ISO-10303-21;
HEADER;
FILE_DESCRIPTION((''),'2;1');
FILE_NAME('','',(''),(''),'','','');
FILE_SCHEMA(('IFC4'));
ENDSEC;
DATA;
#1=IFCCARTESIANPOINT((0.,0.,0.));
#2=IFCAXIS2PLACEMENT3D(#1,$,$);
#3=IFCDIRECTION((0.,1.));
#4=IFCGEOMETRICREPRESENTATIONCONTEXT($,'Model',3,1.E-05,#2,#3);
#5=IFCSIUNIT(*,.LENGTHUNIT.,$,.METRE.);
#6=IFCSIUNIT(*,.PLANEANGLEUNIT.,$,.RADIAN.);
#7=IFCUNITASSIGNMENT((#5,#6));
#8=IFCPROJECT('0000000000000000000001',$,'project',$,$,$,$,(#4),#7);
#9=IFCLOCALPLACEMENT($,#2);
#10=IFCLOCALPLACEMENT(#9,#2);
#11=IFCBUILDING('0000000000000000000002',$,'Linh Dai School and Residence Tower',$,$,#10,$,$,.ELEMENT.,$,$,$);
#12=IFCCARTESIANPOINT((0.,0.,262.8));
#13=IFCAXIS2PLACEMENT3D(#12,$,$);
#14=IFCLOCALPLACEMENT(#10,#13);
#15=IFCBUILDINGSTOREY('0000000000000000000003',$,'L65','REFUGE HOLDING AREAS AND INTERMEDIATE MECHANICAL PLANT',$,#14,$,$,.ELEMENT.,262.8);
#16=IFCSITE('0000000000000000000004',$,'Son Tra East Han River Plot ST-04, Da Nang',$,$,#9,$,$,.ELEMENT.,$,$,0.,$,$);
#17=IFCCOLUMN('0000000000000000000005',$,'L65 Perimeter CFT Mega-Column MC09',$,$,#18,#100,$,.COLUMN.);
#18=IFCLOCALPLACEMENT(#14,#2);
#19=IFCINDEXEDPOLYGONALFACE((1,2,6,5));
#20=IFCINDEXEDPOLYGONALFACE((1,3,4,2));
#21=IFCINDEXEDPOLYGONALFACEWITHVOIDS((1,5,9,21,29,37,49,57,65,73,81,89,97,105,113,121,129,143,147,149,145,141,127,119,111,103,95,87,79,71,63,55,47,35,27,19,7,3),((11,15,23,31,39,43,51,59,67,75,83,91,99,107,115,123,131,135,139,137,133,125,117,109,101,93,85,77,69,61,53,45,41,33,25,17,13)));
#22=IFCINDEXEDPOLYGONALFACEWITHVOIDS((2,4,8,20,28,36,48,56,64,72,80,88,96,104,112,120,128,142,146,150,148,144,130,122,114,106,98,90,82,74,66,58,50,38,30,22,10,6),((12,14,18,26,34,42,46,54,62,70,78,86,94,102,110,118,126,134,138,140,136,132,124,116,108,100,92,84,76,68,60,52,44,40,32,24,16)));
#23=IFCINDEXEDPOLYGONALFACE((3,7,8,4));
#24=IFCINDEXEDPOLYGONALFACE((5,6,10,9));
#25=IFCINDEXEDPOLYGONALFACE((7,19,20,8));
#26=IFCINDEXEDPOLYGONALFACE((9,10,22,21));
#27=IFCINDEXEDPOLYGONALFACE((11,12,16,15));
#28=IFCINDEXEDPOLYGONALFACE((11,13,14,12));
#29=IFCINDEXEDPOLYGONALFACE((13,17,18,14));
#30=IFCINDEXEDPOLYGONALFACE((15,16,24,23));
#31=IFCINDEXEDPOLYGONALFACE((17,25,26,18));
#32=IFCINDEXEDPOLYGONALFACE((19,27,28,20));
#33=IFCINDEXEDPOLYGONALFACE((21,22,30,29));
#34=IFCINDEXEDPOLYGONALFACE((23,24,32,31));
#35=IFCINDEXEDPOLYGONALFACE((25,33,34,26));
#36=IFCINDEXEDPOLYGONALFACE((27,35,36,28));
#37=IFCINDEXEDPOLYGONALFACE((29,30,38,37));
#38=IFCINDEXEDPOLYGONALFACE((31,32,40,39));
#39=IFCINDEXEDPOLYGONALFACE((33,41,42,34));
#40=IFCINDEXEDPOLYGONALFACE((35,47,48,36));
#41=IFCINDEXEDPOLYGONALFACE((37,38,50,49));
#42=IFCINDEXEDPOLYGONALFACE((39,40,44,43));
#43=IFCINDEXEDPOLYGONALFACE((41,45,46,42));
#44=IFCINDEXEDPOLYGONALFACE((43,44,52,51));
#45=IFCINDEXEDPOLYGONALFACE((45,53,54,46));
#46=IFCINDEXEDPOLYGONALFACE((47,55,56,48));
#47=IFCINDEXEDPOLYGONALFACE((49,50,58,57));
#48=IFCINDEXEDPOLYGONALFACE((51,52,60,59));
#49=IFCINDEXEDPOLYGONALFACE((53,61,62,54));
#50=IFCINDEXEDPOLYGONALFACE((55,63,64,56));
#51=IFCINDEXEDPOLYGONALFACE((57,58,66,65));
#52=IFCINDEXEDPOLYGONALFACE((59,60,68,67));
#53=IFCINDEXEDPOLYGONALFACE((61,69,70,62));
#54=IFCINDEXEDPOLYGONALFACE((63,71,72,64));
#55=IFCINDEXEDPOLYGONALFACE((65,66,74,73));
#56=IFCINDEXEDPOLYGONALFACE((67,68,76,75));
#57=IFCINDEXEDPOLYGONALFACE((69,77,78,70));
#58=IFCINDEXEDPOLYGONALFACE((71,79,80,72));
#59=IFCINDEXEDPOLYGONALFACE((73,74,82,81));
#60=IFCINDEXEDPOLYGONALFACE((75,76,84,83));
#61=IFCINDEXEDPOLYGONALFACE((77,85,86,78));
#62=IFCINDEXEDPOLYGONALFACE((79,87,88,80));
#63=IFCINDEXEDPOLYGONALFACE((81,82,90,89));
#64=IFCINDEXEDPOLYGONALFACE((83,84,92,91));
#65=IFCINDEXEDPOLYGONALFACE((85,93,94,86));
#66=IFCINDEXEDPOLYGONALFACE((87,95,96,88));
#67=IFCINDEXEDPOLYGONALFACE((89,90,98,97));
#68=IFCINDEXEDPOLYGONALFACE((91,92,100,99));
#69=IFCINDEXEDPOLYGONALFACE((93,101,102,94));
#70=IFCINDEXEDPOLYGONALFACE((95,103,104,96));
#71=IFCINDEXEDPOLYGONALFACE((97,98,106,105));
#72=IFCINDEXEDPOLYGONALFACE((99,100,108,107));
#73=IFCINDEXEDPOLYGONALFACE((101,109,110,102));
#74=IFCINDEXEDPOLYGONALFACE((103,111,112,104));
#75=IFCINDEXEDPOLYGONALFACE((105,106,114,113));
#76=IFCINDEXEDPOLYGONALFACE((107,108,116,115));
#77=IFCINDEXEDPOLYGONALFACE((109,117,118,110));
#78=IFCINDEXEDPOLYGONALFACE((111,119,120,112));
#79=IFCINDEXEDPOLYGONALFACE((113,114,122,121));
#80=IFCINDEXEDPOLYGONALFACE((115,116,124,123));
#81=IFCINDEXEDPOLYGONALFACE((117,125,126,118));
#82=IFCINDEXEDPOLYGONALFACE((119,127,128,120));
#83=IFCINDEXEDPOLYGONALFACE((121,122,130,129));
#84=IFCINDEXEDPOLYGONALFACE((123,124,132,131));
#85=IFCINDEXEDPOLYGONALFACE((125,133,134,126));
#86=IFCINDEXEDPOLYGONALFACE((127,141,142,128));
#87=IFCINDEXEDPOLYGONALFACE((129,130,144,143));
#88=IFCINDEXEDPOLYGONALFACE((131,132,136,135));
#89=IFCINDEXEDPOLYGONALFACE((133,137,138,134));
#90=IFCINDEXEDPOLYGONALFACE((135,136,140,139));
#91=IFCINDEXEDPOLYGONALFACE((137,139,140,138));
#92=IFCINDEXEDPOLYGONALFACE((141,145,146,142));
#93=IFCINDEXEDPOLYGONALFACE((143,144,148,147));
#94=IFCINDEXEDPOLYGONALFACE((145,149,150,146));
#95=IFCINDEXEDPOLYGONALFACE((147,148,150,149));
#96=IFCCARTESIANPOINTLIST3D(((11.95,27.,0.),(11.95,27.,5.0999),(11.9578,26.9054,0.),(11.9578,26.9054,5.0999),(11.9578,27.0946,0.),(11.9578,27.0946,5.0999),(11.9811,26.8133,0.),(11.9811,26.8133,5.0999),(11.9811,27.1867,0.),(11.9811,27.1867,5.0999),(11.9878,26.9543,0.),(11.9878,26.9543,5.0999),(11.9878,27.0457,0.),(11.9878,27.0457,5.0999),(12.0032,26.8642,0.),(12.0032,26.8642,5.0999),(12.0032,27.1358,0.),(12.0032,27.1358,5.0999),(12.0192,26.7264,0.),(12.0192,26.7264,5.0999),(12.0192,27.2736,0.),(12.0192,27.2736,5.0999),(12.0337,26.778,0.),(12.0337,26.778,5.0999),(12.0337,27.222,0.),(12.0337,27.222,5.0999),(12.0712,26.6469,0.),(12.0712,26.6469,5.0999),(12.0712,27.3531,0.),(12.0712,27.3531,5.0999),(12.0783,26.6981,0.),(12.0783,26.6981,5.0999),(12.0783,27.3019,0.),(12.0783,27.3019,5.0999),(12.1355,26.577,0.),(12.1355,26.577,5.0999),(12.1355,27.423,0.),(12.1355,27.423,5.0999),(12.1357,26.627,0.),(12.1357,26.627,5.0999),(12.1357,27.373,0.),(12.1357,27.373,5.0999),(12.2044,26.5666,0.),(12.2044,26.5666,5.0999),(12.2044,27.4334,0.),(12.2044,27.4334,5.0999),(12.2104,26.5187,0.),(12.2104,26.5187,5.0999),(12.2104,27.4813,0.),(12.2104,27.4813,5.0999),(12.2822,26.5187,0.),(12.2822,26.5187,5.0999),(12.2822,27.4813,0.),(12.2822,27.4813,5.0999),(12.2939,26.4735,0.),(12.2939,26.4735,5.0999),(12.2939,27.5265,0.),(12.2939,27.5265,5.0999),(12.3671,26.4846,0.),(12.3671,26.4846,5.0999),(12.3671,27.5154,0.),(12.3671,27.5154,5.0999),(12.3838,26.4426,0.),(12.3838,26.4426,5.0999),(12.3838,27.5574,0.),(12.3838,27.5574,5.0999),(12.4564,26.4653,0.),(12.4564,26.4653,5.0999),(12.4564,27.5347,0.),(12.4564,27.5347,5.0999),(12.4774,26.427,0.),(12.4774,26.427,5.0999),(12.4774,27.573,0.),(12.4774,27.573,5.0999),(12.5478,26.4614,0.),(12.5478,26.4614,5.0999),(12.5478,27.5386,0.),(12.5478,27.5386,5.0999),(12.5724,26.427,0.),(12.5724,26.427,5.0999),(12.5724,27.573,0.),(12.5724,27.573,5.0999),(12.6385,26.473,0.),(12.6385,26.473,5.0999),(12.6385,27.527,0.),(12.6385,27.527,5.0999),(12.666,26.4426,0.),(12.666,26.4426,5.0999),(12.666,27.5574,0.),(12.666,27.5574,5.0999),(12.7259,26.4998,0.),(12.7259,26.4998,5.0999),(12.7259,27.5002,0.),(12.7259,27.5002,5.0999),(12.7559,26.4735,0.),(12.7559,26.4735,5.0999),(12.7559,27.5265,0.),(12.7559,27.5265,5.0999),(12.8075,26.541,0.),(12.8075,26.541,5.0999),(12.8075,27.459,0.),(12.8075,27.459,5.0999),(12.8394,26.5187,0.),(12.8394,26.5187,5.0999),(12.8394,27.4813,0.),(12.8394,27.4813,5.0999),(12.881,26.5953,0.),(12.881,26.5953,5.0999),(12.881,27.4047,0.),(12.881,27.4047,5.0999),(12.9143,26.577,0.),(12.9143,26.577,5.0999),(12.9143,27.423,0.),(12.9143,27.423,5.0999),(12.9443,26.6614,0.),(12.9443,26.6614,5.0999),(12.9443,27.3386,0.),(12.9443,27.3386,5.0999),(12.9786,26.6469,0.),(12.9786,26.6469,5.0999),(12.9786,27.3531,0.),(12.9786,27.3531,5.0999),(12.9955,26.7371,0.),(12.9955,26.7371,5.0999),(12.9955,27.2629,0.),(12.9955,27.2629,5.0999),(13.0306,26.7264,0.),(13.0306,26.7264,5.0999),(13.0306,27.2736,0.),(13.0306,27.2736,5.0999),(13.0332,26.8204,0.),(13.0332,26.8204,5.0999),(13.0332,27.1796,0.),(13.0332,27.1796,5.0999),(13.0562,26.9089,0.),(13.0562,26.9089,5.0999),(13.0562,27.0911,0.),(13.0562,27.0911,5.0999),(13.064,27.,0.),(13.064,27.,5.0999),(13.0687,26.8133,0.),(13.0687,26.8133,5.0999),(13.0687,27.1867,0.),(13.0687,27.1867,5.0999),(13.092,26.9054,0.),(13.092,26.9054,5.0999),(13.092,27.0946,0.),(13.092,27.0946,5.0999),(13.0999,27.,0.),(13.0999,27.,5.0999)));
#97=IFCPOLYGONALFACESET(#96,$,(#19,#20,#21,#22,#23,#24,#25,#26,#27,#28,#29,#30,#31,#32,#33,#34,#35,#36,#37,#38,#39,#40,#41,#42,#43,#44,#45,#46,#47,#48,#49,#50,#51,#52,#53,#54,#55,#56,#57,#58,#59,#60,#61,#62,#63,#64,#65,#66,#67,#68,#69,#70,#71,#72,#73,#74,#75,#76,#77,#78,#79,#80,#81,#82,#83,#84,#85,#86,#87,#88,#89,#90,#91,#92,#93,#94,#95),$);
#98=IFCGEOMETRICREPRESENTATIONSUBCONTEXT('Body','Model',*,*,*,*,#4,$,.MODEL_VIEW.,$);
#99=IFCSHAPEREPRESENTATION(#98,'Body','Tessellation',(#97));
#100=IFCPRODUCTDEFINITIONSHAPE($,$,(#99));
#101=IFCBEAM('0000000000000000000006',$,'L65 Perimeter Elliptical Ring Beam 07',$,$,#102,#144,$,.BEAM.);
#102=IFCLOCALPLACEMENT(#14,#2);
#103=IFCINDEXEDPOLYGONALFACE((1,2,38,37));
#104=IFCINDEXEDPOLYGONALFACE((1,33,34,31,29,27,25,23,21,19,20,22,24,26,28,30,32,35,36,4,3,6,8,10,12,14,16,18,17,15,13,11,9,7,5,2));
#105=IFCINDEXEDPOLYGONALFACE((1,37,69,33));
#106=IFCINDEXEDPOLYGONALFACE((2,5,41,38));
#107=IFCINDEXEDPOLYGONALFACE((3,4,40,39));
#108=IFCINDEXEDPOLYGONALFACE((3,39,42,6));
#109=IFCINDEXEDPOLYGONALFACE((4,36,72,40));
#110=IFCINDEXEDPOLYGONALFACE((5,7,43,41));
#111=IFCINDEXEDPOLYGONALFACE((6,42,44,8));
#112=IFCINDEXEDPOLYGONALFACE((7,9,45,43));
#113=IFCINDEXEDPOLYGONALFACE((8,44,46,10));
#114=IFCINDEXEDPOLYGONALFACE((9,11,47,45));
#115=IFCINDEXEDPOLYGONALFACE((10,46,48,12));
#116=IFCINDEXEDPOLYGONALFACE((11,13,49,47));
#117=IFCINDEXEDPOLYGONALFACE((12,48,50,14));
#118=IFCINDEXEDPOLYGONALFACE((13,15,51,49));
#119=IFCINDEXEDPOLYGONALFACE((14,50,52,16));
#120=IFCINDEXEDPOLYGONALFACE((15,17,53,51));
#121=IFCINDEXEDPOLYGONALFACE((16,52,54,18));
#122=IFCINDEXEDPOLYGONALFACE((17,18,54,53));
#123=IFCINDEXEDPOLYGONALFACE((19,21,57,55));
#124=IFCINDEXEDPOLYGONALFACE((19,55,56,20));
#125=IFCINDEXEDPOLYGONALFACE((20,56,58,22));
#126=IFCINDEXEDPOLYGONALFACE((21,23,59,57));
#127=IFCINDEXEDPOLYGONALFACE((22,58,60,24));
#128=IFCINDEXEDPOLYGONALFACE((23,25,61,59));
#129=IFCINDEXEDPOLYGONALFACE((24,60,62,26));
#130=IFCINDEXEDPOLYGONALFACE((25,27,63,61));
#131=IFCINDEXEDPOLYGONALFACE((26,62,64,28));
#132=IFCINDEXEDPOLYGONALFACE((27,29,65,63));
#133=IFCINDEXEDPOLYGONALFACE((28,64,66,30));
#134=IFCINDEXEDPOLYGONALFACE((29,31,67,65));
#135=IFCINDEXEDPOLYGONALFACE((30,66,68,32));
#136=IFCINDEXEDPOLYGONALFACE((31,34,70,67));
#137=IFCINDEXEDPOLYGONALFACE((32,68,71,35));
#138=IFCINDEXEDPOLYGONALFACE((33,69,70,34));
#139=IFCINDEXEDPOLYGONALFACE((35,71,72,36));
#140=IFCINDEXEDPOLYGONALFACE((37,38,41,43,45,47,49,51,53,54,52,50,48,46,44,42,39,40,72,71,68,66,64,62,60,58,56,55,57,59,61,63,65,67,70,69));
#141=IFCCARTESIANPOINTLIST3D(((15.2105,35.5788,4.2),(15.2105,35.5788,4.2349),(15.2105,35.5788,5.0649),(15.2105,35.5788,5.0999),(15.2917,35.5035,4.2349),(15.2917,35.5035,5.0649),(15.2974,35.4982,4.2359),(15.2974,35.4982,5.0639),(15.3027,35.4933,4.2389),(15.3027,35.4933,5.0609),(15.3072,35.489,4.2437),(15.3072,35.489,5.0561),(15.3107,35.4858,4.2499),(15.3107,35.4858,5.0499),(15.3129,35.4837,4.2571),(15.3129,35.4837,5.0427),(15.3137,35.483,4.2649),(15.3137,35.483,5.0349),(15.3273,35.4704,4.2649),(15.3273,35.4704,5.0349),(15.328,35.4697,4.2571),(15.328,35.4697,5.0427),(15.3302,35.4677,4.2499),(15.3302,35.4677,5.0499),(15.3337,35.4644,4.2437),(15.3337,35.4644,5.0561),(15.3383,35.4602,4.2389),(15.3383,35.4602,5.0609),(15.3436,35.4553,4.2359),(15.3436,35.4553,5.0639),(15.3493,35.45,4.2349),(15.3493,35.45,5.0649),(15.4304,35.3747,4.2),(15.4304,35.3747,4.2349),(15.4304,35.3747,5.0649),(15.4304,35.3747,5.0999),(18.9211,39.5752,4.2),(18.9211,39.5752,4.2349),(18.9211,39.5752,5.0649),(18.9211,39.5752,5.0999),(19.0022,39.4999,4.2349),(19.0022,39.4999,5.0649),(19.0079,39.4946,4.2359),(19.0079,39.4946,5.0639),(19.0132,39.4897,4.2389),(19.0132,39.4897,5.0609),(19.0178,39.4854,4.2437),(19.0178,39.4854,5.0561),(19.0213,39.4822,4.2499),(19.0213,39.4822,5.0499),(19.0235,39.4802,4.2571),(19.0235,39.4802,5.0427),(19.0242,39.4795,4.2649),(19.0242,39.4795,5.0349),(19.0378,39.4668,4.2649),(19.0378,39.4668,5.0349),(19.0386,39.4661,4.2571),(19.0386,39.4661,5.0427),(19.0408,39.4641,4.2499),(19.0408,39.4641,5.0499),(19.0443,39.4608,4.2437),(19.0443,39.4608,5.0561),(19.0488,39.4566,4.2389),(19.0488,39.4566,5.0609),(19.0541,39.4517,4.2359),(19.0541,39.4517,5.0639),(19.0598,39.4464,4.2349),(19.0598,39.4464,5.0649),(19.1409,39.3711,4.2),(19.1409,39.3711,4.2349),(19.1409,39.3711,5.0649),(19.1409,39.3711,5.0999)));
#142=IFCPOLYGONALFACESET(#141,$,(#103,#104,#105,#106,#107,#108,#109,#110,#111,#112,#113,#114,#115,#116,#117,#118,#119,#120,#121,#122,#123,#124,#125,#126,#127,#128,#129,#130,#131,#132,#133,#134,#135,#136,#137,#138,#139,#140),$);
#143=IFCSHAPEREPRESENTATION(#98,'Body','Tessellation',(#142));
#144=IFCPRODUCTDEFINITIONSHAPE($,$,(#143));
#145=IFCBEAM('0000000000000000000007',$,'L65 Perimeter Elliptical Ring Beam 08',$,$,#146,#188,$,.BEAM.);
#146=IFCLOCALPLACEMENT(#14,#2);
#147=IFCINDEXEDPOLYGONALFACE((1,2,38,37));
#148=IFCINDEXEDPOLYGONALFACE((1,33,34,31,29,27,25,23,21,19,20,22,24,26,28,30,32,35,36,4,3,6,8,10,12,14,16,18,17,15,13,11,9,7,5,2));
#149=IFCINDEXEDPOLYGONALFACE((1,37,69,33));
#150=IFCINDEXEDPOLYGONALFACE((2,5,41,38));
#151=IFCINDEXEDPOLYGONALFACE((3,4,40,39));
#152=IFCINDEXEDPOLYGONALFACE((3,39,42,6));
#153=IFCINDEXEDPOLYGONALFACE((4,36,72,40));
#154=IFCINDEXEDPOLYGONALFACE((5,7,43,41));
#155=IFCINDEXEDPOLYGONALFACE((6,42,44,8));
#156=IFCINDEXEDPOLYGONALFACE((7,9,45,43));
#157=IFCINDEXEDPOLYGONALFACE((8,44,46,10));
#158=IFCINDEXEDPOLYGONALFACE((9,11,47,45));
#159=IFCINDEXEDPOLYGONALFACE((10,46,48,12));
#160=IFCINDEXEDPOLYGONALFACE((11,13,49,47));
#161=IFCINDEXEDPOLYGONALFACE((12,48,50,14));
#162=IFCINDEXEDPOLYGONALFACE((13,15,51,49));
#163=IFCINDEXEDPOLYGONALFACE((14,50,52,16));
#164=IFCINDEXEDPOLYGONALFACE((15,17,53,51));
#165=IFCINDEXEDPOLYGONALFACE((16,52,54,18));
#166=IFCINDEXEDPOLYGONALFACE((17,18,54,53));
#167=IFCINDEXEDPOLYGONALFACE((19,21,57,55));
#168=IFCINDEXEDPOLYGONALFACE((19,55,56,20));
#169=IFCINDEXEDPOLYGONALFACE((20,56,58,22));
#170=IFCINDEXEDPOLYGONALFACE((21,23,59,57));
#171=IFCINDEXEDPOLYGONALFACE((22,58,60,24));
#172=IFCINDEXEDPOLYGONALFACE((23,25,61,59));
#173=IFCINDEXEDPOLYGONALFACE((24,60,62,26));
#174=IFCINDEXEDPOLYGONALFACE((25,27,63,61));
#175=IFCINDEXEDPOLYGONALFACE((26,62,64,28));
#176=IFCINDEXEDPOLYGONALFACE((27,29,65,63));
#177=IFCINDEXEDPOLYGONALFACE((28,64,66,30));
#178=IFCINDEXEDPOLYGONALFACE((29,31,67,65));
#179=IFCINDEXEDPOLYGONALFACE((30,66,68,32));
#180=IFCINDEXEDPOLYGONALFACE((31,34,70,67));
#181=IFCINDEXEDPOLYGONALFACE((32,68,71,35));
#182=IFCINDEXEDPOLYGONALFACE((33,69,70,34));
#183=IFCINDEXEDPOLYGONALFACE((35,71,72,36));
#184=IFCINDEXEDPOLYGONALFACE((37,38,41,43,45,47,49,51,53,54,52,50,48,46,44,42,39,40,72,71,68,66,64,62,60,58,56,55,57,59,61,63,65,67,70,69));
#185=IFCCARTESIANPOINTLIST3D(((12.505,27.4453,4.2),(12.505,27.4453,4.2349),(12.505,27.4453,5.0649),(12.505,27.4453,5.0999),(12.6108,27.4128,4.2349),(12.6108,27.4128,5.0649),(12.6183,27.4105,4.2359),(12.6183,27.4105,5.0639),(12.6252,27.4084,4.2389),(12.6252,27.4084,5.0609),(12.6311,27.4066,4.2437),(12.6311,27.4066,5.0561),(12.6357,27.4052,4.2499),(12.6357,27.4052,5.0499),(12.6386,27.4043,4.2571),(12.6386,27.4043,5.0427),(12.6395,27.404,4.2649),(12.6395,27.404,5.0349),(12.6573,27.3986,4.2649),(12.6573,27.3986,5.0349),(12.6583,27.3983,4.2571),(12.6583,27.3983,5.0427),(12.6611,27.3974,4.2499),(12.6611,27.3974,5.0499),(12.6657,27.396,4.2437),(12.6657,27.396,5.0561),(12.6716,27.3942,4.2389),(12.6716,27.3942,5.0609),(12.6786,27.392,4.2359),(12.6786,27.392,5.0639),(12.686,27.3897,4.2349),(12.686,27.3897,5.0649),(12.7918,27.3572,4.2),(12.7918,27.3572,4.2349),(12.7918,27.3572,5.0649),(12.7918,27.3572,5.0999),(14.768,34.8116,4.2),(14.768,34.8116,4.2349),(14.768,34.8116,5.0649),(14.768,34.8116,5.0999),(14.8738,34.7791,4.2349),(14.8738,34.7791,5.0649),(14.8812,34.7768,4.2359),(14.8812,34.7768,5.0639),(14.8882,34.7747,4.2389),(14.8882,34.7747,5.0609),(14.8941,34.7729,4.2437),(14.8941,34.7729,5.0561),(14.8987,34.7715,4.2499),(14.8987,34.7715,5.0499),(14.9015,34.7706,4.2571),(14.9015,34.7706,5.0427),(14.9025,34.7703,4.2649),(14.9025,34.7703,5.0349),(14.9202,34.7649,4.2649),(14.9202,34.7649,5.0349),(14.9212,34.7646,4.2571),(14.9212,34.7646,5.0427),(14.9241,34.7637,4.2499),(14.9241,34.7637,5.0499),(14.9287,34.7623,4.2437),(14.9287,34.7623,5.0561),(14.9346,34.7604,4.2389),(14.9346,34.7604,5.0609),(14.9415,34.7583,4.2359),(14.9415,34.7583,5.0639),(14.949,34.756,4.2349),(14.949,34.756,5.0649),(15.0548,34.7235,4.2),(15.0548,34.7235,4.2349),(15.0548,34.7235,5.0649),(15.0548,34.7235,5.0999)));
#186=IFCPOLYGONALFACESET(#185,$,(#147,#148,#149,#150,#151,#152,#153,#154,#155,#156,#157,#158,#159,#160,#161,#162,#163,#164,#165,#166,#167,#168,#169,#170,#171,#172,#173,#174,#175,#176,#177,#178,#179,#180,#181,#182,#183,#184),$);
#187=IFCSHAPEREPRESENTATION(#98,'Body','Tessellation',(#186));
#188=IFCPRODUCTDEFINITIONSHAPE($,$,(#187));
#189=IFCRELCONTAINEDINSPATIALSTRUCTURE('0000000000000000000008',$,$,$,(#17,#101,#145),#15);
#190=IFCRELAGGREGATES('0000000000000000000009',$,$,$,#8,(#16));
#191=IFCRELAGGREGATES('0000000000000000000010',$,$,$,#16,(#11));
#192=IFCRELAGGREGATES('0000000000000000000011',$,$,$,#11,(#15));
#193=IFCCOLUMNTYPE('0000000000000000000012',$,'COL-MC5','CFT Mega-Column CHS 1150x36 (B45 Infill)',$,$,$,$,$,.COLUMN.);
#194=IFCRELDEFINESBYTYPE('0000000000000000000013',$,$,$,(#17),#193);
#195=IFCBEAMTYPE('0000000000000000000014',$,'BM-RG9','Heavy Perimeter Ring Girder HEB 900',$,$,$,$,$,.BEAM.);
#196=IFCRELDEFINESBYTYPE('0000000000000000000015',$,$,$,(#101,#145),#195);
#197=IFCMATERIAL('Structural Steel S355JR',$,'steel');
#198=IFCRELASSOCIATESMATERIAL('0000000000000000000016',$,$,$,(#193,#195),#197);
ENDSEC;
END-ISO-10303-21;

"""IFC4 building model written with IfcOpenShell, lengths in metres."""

from ifc_helpers import new_model, si_unit, direction, frame, origin, origin_2d, place, context, subcontext, project, spatial, hollow_circle, i_section, extrude, material, material_profile, profile_set, type_object, element, save


model = new_model("IFC4")

# Units and contexts
model_context = context("Model", 3, precision=1e-05, world=origin(), true_north=direction((0.0, 1.0)))
body_context = subcontext(model_context, "Body", "Model", "MODEL_VIEW")
ifc_project = project(units=[si_unit("LENGTHUNIT", "METRE"), si_unit("PLANEANGLEUNIT", "RADIAN")], contexts=[model_context])

# Site, building, storey
site_placement = place(None, origin())
site = spatial("IfcSite", under=ifc_project, at=site_placement, Name="Son Tra East Han River Plot ST-04, Da Nang", CompositionType="ELEMENT", RefElevation=0.0)
building_placement = place(site_placement, origin())
building = spatial("IfcBuilding", under=site, at=building_placement, Name="Linh Dai School and Residence Tower", CompositionType="ELEMENT")
storey_placement = place(building_placement, frame((0.0, 0.0, 262.8)))
storey = spatial("IfcBuildingStorey", under=building, at=storey_placement, Name="L65", Description="REFUGE HOLDING AREAS AND INTERMEDIATE MECHANICAL PLANT", CompositionType="ELEMENT", Elevation=262.8)

# Column
ifc_material_1 = material(Name="Structural Steel S355JR", Category="steel")
ifc_material_profile_1 = material_profile(ifc_material_1, hollow_circle(Radius=0.575, WallThickness=0.0359, at=origin_2d()), Name="CHS 1150x36")
ifc_profile_set_1 = profile_set([ifc_material_profile_1], Name="Structural Steel S355JR")
column_type = type_object("IfcColumnType", Name="COL-MC5", Description="CFT Mega-Column CHS 1150x36 (B45 Infill)", PredefinedType="COLUMN", material=ifc_profile_set_1)
for number, where, z_axis, x_axis, name in (
    (1, (12.5249, 27.0, 0.0), (0.0, 0.0, 1.0), (1.0, 0.0, 0.0), "L65 Perimeter CFT Mega-Column MC09"),
):
    element("IfcColumn", number, at=place(storey_placement, frame(where, z_axis=z_axis, x_axis=x_axis)), inside=storey, type_object=column_type, Name=name, PredefinedType="COLUMN", context=body_context, shape_type="SweptSolid", body=[
        extrude(hollow_circle(Radius=0.575, WallThickness=0.0359, at=origin_2d()), origin(), (0.0, 0.0, 1.0), 5.0999),
    ])

# Beams
ifc_material_profile_2 = material_profile(ifc_material_1, i_section(OverallWidth=0.3, OverallDepth=0.8999, WebThickness=0.0186, FlangeThickness=0.0349, FilletRadius=0.03, at=origin_2d()), Name="HEB 900")
ifc_profile_set_2 = profile_set([ifc_material_profile_2], Name="Structural Steel S355JR")
beam_type_1 = type_object("IfcBeamType", Name="BM-RG9", Description="Heavy Perimeter Ring Girder HEB 900", PredefinedType="BEAM", material=ifc_profile_set_2)
beam_1_placement = place(storey_placement, frame((19.031, 39.4731, 4.6499), z_axis=(-0.680408, -0.732833, 0.0), x_axis=(0.732833, -0.680408, 0.0)))
element("IfcBeam", 2, at=beam_1_placement, inside=storey, type_object=beam_type_1, Name="L65 Perimeter Elliptical Ring Beam 07", PredefinedType="BEAM", context=body_context, shape_type="SweptSolid", body=[
    extrude(i_section(OverallWidth=0.3, OverallDepth=0.8999, WebThickness=0.0186, FlangeThickness=0.0349, FilletRadius=0.03, at=origin_2d()), origin(), (0.0, 0.0, 1.0), 5.4534),
])
beam_2_placement = place(storey_placement, frame((14.9114, 34.7676, 4.6499), z_axis=(-0.293661, -0.95591, 0.0), x_axis=(0.95591, -0.293661, 0.0)))
element("IfcBeam", 3, at=beam_2_placement, inside=storey, type_object=beam_type_1, Name="L65 Perimeter Elliptical Ring Beam 08", PredefinedType="BEAM", context=body_context, shape_type="SweptSolid", body=[
    extrude(i_section(OverallWidth=0.3, OverallDepth=0.8999, WebThickness=0.0186, FlangeThickness=0.0349, FilletRadius=0.03, at=origin_2d()), origin(), (0.0, 0.0, 1.0), 7.7061),
])

save(model, "model.ifc")
